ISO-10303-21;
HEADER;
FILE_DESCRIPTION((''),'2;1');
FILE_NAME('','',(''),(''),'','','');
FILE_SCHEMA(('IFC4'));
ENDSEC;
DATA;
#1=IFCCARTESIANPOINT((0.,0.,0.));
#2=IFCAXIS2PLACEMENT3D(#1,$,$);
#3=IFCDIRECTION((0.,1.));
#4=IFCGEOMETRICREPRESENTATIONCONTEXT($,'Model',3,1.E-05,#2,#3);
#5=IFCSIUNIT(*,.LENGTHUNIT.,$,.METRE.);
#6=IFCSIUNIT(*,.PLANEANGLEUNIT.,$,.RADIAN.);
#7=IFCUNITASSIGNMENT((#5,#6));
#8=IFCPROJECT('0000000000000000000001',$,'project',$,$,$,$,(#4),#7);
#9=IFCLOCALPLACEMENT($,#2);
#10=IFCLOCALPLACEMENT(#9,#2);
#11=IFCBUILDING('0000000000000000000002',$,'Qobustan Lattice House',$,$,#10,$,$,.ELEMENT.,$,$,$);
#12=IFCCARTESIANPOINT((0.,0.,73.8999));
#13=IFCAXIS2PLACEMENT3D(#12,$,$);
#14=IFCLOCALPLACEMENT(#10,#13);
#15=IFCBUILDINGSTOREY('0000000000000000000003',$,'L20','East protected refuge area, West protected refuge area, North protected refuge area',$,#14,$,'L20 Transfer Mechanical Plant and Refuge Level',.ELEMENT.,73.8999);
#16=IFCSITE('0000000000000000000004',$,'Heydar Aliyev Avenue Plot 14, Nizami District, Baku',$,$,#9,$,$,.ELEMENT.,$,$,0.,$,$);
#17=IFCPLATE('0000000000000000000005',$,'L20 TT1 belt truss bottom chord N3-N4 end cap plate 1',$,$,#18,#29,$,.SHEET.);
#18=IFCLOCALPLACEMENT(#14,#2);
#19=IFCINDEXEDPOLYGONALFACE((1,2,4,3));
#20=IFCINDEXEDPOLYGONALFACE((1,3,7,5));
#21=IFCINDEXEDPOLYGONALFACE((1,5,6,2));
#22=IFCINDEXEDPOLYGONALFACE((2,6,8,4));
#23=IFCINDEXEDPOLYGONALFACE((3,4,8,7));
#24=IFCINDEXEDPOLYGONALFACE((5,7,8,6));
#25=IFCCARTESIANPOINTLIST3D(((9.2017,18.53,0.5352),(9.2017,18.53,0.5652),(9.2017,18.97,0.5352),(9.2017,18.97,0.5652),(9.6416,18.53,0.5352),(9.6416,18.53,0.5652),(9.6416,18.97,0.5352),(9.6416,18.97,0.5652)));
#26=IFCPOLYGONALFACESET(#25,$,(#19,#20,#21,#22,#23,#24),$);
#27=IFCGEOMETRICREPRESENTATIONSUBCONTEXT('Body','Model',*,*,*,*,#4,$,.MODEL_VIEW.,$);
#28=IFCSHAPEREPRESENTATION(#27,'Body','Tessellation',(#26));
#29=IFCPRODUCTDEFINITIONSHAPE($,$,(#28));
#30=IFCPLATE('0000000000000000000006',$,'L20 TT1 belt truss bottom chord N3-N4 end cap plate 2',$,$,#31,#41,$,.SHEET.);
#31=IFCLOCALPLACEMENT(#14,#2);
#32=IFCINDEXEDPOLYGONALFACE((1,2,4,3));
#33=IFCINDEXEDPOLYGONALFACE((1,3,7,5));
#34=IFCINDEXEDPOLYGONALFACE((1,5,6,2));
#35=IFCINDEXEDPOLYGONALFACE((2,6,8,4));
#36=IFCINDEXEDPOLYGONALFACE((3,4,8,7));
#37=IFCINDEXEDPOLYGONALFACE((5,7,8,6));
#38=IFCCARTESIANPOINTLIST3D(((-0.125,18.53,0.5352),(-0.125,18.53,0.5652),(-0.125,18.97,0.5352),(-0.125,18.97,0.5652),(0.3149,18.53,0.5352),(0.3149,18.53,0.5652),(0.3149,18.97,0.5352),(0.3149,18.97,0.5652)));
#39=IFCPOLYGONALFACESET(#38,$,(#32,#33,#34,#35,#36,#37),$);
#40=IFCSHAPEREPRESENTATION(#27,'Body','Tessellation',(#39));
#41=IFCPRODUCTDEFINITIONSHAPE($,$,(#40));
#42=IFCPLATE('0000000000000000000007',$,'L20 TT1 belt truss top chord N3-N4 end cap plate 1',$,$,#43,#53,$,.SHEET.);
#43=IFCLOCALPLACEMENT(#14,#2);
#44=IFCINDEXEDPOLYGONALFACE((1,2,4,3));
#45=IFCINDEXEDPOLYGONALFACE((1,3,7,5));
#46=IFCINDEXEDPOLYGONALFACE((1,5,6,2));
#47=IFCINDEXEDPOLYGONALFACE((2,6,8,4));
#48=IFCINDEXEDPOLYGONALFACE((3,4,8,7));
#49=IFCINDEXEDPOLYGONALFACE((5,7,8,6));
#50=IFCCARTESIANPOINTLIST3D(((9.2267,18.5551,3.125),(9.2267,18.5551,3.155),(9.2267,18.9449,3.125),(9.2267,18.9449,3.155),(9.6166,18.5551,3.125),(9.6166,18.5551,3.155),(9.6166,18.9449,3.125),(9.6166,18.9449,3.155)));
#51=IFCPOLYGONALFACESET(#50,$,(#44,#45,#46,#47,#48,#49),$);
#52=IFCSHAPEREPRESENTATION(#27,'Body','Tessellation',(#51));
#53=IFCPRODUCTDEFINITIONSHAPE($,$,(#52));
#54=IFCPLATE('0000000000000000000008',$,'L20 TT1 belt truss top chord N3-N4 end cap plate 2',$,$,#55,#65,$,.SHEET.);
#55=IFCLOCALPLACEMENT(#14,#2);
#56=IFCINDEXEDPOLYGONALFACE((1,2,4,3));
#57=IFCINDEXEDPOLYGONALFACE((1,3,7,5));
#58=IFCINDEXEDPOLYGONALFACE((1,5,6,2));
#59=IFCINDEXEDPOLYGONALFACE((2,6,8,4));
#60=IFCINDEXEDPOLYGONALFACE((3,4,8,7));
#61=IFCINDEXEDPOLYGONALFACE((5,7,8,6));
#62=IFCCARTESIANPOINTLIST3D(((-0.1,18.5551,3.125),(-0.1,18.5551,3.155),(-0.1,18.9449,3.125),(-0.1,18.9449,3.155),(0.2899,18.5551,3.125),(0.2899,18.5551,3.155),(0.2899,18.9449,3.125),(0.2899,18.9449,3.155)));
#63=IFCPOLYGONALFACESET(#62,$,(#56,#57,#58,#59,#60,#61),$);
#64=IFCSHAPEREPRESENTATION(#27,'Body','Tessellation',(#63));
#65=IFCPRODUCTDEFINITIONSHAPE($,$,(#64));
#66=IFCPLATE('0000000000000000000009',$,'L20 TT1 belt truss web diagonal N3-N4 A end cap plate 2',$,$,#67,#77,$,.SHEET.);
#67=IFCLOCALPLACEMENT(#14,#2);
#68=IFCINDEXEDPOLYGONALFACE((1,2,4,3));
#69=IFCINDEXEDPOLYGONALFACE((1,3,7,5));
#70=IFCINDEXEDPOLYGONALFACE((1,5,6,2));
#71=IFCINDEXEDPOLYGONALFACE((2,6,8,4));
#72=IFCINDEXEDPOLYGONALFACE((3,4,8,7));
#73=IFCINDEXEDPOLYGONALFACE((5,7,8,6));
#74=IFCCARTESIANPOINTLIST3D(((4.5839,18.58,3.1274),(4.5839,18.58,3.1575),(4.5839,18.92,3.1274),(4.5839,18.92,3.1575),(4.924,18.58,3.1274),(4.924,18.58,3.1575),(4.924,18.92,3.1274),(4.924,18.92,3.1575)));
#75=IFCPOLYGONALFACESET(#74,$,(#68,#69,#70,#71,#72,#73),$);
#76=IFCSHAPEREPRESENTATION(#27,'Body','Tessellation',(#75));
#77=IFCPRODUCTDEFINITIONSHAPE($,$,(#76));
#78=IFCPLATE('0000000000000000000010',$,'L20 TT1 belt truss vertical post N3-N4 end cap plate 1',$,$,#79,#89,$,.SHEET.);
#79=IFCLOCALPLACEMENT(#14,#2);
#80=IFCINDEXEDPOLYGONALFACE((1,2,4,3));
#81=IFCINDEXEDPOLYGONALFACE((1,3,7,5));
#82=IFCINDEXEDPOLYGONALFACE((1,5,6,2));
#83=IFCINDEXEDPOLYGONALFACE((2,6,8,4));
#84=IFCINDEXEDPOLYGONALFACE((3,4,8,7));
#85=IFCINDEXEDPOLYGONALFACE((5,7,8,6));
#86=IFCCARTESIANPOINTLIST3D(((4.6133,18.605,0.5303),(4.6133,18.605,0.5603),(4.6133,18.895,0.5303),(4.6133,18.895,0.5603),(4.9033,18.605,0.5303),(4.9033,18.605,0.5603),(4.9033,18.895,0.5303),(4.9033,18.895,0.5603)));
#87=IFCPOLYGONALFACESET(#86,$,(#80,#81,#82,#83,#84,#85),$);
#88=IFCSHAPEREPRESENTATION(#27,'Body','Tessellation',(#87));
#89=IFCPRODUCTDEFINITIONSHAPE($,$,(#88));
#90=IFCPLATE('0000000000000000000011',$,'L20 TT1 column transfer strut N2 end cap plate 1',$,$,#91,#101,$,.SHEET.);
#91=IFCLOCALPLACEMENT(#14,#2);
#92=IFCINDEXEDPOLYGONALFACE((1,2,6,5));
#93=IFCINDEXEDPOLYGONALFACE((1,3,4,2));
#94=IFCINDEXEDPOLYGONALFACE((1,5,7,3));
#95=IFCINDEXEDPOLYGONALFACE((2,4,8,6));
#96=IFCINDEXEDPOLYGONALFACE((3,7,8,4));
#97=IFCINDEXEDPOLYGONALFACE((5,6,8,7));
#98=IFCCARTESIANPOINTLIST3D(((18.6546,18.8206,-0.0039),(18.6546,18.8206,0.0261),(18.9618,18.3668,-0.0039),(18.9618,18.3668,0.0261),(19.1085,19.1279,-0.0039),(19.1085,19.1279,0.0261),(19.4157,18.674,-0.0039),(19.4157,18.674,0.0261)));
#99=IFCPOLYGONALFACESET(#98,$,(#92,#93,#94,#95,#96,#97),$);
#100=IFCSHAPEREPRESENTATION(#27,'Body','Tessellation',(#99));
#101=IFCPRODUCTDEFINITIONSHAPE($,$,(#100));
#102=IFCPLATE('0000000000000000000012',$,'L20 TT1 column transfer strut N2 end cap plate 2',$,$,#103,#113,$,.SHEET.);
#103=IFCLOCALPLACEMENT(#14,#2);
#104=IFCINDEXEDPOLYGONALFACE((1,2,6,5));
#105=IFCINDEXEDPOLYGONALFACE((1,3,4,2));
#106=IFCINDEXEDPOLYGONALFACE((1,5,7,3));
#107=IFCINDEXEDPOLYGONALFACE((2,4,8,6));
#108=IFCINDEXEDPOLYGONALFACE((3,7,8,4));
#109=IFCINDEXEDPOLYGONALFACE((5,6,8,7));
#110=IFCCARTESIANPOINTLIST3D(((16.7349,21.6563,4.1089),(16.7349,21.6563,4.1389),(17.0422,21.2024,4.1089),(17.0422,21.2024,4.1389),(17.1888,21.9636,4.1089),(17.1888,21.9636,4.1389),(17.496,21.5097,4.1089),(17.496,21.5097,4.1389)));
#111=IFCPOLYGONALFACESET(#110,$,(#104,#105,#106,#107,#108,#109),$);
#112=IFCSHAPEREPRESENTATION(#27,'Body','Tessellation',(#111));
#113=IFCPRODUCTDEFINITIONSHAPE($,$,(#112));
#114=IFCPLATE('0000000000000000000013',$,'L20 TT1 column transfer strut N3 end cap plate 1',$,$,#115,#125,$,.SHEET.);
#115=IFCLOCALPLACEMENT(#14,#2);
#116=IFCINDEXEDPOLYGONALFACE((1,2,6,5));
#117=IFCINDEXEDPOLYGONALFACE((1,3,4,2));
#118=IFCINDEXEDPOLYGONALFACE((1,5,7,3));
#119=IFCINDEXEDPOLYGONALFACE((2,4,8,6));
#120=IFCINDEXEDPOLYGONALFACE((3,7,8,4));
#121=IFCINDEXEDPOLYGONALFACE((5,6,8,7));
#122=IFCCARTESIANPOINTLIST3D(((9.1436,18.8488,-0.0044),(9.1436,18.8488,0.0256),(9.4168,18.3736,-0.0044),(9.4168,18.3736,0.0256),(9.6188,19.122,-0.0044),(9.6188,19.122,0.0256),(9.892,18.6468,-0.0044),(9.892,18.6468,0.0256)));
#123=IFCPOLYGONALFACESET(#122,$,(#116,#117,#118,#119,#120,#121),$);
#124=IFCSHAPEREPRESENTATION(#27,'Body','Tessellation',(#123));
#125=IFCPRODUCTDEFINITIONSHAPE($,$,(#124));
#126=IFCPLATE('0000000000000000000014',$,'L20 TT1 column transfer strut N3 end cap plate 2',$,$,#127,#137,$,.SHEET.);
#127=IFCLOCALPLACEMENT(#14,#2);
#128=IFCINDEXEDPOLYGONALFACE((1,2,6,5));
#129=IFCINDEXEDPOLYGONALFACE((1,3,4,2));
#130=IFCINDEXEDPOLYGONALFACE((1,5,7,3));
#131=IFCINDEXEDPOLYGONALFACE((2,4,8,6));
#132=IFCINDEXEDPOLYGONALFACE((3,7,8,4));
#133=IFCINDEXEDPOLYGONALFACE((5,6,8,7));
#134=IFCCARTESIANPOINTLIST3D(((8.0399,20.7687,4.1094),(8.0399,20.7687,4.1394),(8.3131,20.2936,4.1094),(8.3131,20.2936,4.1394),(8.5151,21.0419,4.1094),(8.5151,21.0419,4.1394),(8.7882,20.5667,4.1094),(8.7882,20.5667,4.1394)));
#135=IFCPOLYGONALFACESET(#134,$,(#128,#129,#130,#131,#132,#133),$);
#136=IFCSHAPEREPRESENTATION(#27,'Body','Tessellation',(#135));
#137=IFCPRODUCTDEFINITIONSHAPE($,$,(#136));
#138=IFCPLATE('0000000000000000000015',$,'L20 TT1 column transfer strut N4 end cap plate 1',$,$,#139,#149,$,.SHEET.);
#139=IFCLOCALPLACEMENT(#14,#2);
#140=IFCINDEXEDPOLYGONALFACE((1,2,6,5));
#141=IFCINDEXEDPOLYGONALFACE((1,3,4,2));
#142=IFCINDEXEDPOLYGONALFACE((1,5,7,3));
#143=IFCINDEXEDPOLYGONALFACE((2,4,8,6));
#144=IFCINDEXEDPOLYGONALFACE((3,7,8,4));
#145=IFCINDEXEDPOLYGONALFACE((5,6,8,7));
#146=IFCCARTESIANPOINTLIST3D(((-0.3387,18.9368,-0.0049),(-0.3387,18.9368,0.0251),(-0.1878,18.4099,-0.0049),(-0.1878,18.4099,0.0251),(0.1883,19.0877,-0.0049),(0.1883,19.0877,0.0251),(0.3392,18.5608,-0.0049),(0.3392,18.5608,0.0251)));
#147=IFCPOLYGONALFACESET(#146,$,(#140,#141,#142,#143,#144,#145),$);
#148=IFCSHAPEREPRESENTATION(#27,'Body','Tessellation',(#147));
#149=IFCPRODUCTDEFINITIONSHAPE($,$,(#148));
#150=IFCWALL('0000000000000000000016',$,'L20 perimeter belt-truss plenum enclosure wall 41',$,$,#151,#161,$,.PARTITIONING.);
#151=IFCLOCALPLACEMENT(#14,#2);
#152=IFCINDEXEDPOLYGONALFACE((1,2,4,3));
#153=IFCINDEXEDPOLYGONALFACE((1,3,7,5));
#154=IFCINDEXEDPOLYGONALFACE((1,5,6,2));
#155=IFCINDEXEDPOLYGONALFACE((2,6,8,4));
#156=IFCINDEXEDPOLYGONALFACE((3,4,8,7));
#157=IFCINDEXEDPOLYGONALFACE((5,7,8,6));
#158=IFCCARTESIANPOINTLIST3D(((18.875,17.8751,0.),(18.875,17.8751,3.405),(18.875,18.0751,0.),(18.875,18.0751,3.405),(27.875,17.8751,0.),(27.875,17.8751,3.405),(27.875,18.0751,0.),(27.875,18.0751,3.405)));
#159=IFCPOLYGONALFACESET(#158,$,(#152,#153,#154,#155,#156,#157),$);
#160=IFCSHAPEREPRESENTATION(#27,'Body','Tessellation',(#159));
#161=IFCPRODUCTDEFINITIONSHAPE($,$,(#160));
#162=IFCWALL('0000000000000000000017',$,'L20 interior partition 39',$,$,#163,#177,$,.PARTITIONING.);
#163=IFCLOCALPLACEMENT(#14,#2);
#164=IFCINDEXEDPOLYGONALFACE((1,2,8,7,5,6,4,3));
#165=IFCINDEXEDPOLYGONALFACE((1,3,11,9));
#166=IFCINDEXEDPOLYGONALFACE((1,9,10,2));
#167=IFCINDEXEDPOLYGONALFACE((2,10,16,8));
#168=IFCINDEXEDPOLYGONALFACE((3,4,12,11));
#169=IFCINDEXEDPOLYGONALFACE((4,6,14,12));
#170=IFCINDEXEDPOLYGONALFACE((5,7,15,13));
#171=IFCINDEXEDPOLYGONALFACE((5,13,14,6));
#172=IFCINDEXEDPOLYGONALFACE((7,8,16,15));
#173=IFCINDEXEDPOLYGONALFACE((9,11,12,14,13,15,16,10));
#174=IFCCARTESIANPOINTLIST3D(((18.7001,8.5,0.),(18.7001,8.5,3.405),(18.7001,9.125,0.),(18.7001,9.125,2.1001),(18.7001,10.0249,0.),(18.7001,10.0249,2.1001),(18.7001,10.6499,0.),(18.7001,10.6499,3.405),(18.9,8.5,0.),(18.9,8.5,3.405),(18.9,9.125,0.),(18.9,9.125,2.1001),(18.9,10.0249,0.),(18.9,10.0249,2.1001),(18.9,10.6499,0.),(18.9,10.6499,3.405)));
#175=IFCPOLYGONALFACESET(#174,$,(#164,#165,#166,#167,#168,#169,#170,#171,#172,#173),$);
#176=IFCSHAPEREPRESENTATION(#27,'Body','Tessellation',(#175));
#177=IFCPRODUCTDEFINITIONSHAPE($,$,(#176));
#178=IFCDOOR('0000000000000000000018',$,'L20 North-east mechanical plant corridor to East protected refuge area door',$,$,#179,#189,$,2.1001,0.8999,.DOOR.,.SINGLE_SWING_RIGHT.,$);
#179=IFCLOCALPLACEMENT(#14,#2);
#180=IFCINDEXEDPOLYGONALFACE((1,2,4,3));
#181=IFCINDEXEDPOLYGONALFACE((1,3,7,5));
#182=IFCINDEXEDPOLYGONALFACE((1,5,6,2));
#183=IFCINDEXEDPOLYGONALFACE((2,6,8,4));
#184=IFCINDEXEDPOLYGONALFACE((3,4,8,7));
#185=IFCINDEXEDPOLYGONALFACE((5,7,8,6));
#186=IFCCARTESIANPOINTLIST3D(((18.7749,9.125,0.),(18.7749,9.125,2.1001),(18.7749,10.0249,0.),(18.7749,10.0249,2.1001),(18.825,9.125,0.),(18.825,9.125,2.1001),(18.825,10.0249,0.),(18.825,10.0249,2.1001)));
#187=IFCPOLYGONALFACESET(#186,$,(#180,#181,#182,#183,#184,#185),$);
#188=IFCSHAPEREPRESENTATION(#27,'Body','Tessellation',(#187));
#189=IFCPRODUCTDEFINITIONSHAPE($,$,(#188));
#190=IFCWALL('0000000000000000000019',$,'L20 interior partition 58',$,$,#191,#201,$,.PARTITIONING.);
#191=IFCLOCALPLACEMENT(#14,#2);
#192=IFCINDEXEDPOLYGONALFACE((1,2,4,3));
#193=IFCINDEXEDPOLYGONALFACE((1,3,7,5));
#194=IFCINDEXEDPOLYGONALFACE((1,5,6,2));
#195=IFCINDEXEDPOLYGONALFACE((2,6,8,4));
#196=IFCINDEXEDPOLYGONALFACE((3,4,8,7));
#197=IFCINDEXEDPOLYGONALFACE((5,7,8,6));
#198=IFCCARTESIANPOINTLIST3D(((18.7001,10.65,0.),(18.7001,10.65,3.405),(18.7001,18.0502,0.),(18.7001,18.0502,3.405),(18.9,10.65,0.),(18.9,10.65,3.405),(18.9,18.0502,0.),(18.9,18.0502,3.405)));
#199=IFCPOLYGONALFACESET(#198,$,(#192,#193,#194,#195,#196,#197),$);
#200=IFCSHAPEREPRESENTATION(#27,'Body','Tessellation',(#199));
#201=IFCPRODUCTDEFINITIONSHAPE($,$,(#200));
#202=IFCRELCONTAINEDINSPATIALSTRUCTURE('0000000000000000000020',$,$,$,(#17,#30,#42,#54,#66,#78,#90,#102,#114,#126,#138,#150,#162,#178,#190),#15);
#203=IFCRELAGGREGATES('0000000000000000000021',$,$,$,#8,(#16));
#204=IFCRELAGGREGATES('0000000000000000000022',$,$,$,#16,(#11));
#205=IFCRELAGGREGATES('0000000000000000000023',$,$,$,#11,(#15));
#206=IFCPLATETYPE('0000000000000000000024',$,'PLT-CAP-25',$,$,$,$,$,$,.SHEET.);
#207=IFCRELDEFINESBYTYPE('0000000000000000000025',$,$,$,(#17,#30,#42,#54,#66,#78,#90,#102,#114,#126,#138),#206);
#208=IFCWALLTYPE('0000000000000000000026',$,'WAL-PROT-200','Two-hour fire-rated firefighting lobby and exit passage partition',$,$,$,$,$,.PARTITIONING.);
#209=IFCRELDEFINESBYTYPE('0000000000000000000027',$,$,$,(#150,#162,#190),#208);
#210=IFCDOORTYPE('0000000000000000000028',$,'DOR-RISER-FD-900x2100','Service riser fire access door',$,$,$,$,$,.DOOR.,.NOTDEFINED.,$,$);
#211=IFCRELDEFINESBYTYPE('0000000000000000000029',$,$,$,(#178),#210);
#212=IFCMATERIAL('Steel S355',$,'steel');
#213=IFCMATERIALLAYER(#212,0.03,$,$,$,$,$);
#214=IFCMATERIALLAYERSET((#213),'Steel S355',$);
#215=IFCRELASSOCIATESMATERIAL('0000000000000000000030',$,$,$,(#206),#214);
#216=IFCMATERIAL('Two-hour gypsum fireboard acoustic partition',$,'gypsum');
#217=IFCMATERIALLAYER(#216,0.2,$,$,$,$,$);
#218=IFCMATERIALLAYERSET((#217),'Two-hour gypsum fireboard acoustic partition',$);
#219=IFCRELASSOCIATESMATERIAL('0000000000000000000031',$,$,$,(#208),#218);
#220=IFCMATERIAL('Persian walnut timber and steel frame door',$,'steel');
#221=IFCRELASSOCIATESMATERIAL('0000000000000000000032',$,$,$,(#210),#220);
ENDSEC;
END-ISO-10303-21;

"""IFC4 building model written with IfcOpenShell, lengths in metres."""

from ifc_helpers import new_model, si_unit, direction, frame, frame_2d, origin, origin_2d, place, context, subcontext, project, spatial, rectangle, extrude, material, layer, layer_set, type_object, element, fill, save


model = new_model("IFC4")

# Units and contexts
model_context = context("Model", 3, precision=1e-05, world=origin(), true_north=direction((0.0, 1.0)))
body_context = subcontext(model_context, "Body", "Model", "MODEL_VIEW")
ifc_project = project(units=[si_unit("LENGTHUNIT", "METRE"), si_unit("PLANEANGLEUNIT", "RADIAN")], contexts=[model_context])

# Site, building, storey
site_placement = place(None, origin())
site = spatial("IfcSite", under=ifc_project, at=site_placement, Name="Heydar Aliyev Avenue Plot 14, Nizami District, Baku", CompositionType="ELEMENT", RefElevation=0.0)
building_placement = place(site_placement, origin())
building = spatial("IfcBuilding", under=site, at=building_placement, Name="Qobustan Lattice House", CompositionType="ELEMENT")
storey_placement = place(building_placement, frame((0.0, 0.0, 73.8999)))
storey = spatial("IfcBuildingStorey", under=building, at=storey_placement, Name="L20", Description="East protected refuge area, West protected refuge area, North protected refuge area", LongName="L20 Transfer Mechanical Plant and Refuge Level", CompositionType="ELEMENT", Elevation=73.8999)

# Plates
ifc_material_1 = material(Name="Steel S355", Category="steel")
ifc_layer_1 = layer(ifc_material_1, 0.03)
ifc_layer_set_1 = layer_set([ifc_layer_1], Name="Steel S355")
plate_type = type_object("IfcPlateType", Name="PLT-CAP-25", PredefinedType="SHEET", material=ifc_layer_set_1)
for number, where, z_axis, x_axis, name in (
    (1, (9.4216, 18.75, 0.5352), (0.0, 0.0, 1.0), (-1.0, 0.0, 0.0), "L20 TT1 belt truss bottom chord N3-N4 end cap plate 1"),
    (2, (0.095, 18.75, 0.5352), (0.0, 0.0, 1.0), (-1.0, 0.0, 0.0), "L20 TT1 belt truss bottom chord N3-N4 end cap plate 2"),
):
    element("IfcPlate", number, at=place(storey_placement, frame(where, z_axis=z_axis, x_axis=x_axis)), inside=storey, type_object=plate_type, Name=name, PredefinedType="SHEET", context=body_context, shape_type="SweptSolid", body=[
        extrude(rectangle(XDim=0.4399, YDim=0.4399, at=origin_2d()), origin(), (0.0, 0.0, 1.0), 0.03),
    ])
for number, where, z_axis, x_axis, name in (
    (3, (9.4216, 18.75, 3.125), (0.0, 0.0, 1.0), (-1.0, 0.0, 0.0), "L20 TT1 belt truss top chord N3-N4 end cap plate 1"),
    (4, (0.095, 18.75, 3.125), (0.0, 0.0, 1.0), (-1.0, 0.0, 0.0), "L20 TT1 belt truss top chord N3-N4 end cap plate 2"),
):
    element("IfcPlate", number, at=place(storey_placement, frame(where, z_axis=z_axis, x_axis=x_axis)), inside=storey, type_object=plate_type, Name=name, PredefinedType="SHEET", context=body_context, shape_type="SweptSolid", body=[
        extrude(rectangle(XDim=0.3899, YDim=0.3899, at=origin_2d()), origin(), (0.0, 0.0, 1.0), 0.03),
    ])
plate_1_placement = place(storey_placement, frame((4.7539, 18.75, 3.1274), z_axis=(0.0, 0.0, 1.0), x_axis=(-1.0, 0.0, 0.0)))
element("IfcPlate", 5, at=plate_1_placement, inside=storey, type_object=plate_type, Name="L20 TT1 belt truss web diagonal N3-N4 A end cap plate 2", PredefinedType="SHEET", context=body_context, shape_type="SweptSolid", body=[
    extrude(rectangle(XDim=0.3401, YDim=0.3401, at=origin_2d()), origin(), (0.0, 0.0, 1.0), 0.03),
])
plate_2_placement = place(storey_placement, frame((4.7583, 18.75, 0.5303), z_axis=(0.0, 0.0, 1.0), x_axis=(1.0, 0.0, 0.0)))
element("IfcPlate", 6, at=plate_2_placement, inside=storey, type_object=plate_type, Name="L20 TT1 belt truss vertical post N3-N4 end cap plate 1", PredefinedType="SHEET", context=body_context, shape_type="SweptSolid", body=[
    extrude(rectangle(XDim=0.29, YDim=0.29, at=origin_2d()), origin(), (0.0, 0.0, 1.0), 0.03),
])
for number, where, z_axis, x_axis, name in (
    (7, (19.0352, 18.7473, -0.0039), (0.0, 0.0, 1.0), (-0.560552, 0.828119, 0.0), "L20 TT1 column transfer strut N2 end cap plate 1"),
    (8, (17.1155, 21.583, 4.1089), (0.0, 0.0, 1.0), (-0.560552, 0.828119, 0.0), "L20 TT1 column transfer strut N2 end cap plate 2"),
    (9, (9.5178, 18.7478, -0.0044), (0.0, 0.0, 1.0), (-0.498427, 0.866932, 0.0), "L20 TT1 column transfer strut N3 end cap plate 1"),
    (10, (8.4141, 20.6677, 4.1094), (0.0, 0.0, 1.0), (-0.498427, 0.866932, 0.0), "L20 TT1 column transfer strut N3 end cap plate 2"),
    (11, (0.0002, 18.7488, -0.0049), (0.0, 0.0, 1.0), (-0.275319, 0.961353, 0.0), "L20 TT1 column transfer strut N4 end cap plate 1"),
):
    element("IfcPlate", number, at=place(storey_placement, frame(where, z_axis=z_axis, x_axis=x_axis)), inside=storey, type_object=plate_type, Name=name, PredefinedType="SHEET", context=body_context, shape_type="SweptSolid", body=[
        extrude(rectangle(XDim=0.5481, YDim=0.5481, at=origin_2d()), origin(), (0.0, 0.0, 1.0), 0.03),
    ])

# Wall
ifc_material_2 = material(Name="Two-hour gypsum fireboard acoustic partition", Category="gypsum")
ifc_layer_2 = layer(ifc_material_2, 0.2)
ifc_layer_set_2 = layer_set([ifc_layer_2], Name="Two-hour gypsum fireboard acoustic partition")
wall_type = type_object("IfcWallType", Name="WAL-PROT-200", Description="Two-hour fire-rated firefighting lobby and exit passage partition", PredefinedType="PARTITIONING", material=ifc_layer_set_2)
wall_1_placement = place(storey_placement, frame((18.875, 17.9751, 0.0), z_axis=(0.0, 0.0, 1.0), x_axis=(1.0, 0.0, 0.0)))
element("IfcWall", 12, at=wall_1_placement, inside=storey, type_object=wall_type, Name="L20 perimeter belt-truss plenum enclosure wall 41", PredefinedType="PARTITIONING", context=body_context, shape_type="SweptSolid", body=[
    extrude(rectangle(XDim=9.0, YDim=0.2, at=frame_2d((4.5, 0.0))), origin(), (0.0, 0.0, 1.0), 3.405),
])

# Wall, opening, door
wall_2_placement = place(storey_placement, frame((18.8, 10.6499, 0.0), z_axis=(0.0, 0.0, 1.0), x_axis=(0.0, -1.0, 0.0)))
wall_2 = element("IfcWall", 13, at=wall_2_placement, inside=storey, type_object=wall_type, Name="L20 interior partition 39", PredefinedType="PARTITIONING", context=body_context, shape_type="SweptSolid", body=[
    extrude(rectangle(XDim=2.1499, YDim=0.2, at=frame_2d((1.075, 0.0))), origin(), (0.0, 0.0, 1.0), 3.405),
])
opening_placement = place(wall_2_placement, frame((0.625, 0.0, 0.0)))
opening = element("IfcOpeningElement", 14, at=opening_placement, cuts=wall_2, PredefinedType="OPENING", context=body_context, shape_type="SweptSolid", body=[
    extrude(rectangle(XDim=0.8999, YDim=2.1001, at=frame_2d((0.45, 1.05))), frame((0.0, 0.1099, 0.0), z_axis=(0.0, -1.0, 0.0), x_axis=(1.0, 0.0, 0.0)), (0.0, 0.0, 1.0), 0.22),
])
ifc_material_3 = material(Name="Persian walnut timber and steel frame door", Category="steel")
door_type = type_object("IfcDoorType", Name="DOR-RISER-FD-900x2100", Description="Service riser fire access door", OperationType="NOTDEFINED", PredefinedType="DOOR", material=ifc_material_3)
door_placement = place(opening_placement, origin())
door = element("IfcDoor", 15, at=door_placement, inside=storey, type_object=door_type, Name="L20 North-east mechanical plant corridor to East protected refuge area door", OperationType="SINGLE_SWING_RIGHT", OverallHeight=2.1001, OverallWidth=0.8999, PredefinedType="DOOR", context=body_context, shape_type="SweptSolid", body=[
    extrude(rectangle(XDim=0.8999, YDim=2.1001, at=frame_2d((0.45, 1.05))), frame((0.0, 0.0249, 0.0), z_axis=(0.0, -1.0, 0.0), x_axis=(1.0, 0.0, 0.0)), (0.0, 0.0, 1.0), 0.05),
])
fill(opening, door)

# Wall
wall_3_placement = place(storey_placement, frame((18.8, 10.6499, 0.0), z_axis=(0.0, 0.0, 1.0), x_axis=(0.0, 1.0, 0.0)))
element("IfcWall", 16, at=wall_3_placement, inside=storey, type_object=wall_type, Name="L20 interior partition 58", PredefinedType="PARTITIONING", context=body_context, shape_type="SweptSolid", body=[
    extrude(rectangle(XDim=7.4001, YDim=0.2, at=frame_2d((3.7002, 0.0))), origin(), (0.0, 0.0, 1.0), 3.405),
])

save(model, "model.ifc")
